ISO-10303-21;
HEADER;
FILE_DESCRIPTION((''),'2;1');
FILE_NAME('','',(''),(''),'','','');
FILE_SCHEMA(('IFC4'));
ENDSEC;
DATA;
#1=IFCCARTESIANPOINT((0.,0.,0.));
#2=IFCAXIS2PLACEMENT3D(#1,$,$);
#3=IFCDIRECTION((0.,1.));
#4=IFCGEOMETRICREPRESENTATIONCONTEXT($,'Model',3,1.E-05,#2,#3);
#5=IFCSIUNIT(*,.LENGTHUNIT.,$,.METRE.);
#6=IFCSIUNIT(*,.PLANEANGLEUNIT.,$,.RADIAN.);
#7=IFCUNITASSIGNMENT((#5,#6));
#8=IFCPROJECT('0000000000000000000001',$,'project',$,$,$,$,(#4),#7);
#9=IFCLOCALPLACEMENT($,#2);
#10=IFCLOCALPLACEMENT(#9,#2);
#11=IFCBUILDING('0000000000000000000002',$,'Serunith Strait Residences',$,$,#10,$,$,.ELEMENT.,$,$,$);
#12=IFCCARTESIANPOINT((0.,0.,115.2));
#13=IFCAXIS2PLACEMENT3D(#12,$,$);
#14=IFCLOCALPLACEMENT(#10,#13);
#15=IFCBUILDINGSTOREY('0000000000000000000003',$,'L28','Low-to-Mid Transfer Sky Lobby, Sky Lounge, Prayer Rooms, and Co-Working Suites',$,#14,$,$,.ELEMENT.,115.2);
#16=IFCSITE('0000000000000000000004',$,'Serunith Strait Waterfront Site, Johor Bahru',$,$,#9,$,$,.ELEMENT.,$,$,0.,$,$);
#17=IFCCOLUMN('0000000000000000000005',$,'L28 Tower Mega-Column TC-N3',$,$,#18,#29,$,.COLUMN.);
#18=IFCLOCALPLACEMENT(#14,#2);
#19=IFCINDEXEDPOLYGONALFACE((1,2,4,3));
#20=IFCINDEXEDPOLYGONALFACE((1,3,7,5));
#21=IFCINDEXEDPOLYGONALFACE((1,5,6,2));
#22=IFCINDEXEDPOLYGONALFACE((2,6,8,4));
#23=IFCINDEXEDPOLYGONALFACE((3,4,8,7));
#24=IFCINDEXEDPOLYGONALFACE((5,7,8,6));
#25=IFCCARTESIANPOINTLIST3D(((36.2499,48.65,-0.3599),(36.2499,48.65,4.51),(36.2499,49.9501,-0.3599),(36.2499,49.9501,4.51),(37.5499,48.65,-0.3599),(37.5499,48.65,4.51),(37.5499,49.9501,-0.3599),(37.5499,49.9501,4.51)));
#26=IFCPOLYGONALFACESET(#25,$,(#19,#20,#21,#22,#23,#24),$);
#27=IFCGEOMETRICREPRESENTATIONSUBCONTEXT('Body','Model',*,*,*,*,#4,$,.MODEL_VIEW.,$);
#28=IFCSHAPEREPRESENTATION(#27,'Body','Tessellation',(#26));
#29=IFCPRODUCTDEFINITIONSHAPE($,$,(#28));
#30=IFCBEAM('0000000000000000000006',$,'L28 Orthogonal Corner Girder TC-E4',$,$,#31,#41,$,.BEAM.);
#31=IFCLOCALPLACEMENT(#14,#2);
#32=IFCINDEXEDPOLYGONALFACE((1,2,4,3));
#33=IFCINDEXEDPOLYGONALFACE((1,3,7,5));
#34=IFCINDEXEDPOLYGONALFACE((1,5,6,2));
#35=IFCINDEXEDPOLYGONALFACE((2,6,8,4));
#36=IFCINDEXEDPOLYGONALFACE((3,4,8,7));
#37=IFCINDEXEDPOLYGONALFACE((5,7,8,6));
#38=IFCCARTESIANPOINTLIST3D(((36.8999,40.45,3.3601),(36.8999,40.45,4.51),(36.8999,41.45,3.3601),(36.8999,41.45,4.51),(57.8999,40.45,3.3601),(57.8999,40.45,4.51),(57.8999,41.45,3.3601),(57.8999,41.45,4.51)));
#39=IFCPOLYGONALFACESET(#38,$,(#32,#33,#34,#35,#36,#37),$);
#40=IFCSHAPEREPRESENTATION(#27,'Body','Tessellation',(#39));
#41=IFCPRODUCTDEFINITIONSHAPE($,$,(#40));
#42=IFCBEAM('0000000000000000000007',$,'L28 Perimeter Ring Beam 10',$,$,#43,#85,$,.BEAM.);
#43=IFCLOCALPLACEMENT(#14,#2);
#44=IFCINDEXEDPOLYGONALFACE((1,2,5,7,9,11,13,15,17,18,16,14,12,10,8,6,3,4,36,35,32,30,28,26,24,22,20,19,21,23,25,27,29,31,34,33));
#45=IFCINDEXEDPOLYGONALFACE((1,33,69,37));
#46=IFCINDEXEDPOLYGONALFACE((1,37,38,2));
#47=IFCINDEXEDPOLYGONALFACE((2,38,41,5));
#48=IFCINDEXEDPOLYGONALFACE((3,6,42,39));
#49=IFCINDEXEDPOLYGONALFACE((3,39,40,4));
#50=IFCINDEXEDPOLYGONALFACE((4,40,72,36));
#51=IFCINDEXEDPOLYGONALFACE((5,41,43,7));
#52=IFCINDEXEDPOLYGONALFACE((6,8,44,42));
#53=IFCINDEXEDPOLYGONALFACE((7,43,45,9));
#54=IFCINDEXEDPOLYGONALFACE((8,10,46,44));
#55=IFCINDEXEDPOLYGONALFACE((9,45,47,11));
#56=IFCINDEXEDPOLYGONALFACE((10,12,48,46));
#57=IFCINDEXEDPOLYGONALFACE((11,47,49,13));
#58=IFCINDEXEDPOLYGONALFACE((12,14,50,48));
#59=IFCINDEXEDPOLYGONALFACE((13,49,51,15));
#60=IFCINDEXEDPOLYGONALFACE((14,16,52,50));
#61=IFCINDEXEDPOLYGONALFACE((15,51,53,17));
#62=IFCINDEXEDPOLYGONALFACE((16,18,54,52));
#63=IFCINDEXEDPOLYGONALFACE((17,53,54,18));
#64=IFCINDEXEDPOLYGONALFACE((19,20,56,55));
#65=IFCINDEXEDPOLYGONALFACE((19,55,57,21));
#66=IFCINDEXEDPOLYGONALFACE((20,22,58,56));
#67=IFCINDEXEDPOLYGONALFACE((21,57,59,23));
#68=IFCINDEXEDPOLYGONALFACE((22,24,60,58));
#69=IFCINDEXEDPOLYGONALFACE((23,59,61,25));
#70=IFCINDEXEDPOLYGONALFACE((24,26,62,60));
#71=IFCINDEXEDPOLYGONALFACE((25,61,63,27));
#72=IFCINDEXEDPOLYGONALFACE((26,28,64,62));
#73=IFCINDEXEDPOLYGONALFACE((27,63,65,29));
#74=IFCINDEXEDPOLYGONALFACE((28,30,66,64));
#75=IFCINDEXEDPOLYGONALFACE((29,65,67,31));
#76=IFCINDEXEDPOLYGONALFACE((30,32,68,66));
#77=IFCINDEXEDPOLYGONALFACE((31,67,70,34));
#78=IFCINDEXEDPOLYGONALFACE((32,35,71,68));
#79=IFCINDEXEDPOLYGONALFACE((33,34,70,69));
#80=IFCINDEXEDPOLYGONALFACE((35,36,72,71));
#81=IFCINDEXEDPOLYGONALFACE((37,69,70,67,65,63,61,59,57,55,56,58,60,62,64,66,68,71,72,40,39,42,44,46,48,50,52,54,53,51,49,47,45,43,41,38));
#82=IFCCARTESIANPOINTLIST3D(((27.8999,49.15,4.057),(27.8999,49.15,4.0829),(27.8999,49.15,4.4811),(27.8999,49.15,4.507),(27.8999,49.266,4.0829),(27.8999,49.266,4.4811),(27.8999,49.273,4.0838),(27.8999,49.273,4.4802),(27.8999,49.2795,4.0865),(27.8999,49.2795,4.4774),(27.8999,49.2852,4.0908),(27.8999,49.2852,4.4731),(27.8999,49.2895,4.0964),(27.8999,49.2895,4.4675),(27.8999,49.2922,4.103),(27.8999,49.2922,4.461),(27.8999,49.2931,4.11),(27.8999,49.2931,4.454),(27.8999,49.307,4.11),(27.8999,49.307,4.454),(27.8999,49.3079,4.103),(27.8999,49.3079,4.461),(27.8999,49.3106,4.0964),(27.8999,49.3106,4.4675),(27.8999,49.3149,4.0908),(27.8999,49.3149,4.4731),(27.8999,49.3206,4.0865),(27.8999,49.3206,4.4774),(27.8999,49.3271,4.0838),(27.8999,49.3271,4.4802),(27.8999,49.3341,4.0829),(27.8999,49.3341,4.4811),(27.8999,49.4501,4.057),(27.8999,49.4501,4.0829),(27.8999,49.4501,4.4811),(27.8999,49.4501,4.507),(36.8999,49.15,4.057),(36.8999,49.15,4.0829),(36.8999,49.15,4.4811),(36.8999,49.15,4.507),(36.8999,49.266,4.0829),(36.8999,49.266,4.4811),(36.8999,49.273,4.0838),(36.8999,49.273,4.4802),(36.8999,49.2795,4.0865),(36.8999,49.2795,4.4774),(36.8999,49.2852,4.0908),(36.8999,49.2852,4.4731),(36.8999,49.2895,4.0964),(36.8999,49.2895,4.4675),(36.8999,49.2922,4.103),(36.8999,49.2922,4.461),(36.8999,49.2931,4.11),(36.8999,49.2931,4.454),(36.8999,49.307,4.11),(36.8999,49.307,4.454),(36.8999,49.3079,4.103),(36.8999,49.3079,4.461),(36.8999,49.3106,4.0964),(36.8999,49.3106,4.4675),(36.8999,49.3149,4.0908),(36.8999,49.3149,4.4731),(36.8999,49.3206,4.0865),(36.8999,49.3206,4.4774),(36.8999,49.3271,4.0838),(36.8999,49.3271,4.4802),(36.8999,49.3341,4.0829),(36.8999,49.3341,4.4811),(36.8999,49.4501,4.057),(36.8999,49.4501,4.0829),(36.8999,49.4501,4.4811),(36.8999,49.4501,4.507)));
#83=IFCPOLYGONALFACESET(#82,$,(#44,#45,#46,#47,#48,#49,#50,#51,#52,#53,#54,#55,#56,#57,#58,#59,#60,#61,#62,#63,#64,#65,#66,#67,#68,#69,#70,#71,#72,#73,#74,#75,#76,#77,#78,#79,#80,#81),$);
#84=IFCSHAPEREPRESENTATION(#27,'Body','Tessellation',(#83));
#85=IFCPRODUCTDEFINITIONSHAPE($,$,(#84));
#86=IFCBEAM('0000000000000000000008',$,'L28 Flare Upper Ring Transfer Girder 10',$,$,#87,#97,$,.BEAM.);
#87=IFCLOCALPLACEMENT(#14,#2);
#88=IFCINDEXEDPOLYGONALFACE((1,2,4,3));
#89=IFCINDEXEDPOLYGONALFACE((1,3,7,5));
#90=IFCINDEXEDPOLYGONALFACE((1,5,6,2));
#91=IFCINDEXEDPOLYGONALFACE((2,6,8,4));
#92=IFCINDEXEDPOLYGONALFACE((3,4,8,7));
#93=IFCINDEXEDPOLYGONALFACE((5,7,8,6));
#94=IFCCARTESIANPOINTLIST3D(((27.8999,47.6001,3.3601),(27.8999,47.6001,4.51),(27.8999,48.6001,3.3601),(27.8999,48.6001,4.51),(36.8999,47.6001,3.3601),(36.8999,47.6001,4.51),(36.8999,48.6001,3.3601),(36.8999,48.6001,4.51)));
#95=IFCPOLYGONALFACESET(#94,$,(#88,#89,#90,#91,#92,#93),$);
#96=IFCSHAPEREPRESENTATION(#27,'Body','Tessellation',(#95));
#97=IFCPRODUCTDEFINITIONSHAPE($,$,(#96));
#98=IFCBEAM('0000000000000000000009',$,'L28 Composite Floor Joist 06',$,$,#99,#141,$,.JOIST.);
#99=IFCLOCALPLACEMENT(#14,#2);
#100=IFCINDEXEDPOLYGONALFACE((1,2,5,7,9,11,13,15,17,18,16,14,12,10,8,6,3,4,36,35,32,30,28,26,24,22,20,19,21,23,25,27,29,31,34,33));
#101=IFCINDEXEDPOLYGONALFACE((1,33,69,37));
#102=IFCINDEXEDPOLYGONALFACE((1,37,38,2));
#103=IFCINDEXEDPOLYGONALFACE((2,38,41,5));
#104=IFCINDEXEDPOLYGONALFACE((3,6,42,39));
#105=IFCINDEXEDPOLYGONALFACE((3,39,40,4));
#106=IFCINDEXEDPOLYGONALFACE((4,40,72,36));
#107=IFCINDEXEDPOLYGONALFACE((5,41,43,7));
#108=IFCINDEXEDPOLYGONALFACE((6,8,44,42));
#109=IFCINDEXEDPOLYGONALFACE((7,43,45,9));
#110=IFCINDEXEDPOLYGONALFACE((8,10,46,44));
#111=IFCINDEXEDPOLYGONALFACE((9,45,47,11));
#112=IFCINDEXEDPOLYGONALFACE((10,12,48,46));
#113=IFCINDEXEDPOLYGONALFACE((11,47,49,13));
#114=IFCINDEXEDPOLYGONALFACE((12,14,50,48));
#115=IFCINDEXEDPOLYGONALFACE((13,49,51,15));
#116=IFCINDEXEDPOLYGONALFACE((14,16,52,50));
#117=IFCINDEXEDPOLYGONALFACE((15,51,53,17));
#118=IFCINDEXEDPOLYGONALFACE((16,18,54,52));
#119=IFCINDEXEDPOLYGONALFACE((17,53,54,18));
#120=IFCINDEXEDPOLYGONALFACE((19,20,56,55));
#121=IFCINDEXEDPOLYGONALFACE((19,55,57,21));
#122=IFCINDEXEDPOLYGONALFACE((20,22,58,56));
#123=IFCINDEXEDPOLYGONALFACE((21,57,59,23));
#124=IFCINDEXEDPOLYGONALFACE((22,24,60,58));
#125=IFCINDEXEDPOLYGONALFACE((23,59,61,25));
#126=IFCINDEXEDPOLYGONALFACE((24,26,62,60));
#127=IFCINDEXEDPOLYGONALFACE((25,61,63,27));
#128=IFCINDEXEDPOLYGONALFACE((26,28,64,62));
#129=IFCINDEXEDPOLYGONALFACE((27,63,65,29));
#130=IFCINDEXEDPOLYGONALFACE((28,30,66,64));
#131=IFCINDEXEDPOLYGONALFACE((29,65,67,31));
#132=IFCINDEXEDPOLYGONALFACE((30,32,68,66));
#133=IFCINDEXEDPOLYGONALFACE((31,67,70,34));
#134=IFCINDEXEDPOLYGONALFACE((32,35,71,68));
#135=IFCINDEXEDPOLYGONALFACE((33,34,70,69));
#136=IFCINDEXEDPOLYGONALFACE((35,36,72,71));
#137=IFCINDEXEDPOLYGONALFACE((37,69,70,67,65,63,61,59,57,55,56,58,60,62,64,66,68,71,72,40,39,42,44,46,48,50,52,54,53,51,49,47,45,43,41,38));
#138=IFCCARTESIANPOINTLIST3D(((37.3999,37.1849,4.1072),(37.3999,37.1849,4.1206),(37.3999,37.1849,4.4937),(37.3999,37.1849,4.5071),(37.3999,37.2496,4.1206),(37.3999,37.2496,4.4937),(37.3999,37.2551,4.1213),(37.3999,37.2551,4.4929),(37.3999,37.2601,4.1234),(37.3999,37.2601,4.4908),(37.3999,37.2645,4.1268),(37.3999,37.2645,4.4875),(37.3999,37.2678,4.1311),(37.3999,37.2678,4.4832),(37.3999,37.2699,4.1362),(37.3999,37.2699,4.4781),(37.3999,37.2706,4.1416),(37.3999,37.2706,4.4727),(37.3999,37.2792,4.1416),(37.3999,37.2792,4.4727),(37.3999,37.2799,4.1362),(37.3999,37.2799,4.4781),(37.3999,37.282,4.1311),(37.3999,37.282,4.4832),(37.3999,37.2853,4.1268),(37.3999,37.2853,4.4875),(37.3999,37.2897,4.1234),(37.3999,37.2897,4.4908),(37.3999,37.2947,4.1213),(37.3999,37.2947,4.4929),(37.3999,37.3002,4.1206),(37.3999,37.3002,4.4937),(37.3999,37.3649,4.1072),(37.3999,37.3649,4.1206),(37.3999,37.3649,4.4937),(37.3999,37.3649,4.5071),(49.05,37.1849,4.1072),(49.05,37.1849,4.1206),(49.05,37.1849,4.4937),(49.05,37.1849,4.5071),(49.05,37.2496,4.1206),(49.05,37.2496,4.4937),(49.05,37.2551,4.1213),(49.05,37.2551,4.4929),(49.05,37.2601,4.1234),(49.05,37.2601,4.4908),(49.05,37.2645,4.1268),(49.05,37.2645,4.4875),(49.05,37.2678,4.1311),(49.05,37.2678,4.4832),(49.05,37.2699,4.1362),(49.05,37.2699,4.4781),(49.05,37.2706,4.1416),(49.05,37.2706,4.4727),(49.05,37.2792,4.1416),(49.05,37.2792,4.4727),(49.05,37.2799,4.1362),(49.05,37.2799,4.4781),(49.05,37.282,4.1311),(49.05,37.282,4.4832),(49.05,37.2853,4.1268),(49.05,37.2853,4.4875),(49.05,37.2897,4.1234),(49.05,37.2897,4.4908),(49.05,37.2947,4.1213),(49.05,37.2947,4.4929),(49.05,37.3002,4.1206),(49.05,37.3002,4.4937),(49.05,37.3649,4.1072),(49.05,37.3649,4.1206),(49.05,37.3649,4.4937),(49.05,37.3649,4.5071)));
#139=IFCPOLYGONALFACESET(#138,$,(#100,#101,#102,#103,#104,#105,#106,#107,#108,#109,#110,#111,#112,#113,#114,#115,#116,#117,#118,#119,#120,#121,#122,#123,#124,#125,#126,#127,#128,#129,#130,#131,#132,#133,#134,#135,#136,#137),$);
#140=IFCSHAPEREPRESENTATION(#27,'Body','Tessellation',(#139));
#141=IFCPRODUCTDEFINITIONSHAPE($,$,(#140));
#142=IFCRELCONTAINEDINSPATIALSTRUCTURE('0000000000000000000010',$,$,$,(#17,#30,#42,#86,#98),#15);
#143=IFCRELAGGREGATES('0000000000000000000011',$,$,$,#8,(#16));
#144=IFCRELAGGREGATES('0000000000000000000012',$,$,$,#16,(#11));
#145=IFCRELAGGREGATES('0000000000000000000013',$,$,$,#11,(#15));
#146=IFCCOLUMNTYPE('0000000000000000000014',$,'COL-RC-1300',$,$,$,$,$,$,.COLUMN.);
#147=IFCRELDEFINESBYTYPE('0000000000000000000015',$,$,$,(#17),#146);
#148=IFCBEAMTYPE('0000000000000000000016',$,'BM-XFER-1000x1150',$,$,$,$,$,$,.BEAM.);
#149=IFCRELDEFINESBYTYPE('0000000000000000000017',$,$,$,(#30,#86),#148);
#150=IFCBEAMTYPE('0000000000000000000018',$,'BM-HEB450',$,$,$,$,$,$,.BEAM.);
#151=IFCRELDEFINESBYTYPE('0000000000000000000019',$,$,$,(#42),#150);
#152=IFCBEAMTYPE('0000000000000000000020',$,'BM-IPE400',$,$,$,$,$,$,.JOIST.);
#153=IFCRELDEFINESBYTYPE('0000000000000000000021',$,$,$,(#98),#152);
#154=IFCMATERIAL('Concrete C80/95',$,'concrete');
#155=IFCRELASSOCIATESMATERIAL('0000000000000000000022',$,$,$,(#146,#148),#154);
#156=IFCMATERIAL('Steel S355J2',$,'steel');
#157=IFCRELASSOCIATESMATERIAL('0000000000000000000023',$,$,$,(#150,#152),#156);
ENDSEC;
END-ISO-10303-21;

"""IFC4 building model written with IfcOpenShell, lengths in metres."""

from ifc_helpers import new_model, si_unit, direction, frame, origin, origin_2d, place, context, subcontext, project, spatial, rectangle, i_section, extrude, source, transform, mapped, material, material_profile, profile_set, type_object, element, save


model = new_model("IFC4")

# Units and contexts
model_context = context("Model", 3, precision=1e-05, world=origin(), true_north=direction((0.0, 1.0)))
body_context = subcontext(model_context, "Body", "Model", "MODEL_VIEW")
ifc_project = project(units=[si_unit("LENGTHUNIT", "METRE"), si_unit("PLANEANGLEUNIT", "RADIAN")], contexts=[model_context])

# Site, building, storey
site_placement = place(None, origin())
site = spatial("IfcSite", under=ifc_project, at=site_placement, Name="Serunith Strait Waterfront Site, Johor Bahru", CompositionType="ELEMENT", RefElevation=0.0)
building_placement = place(site_placement, origin())
building = spatial("IfcBuilding", under=site, at=building_placement, Name="Serunith Strait Residences", CompositionType="ELEMENT")
storey_placement = place(building_placement, frame((0.0, 0.0, 115.2)))
storey = spatial("IfcBuildingStorey", under=building, at=storey_placement, Name="L28", Description="Low-to-Mid Transfer Sky Lobby, Sky Lounge, Prayer Rooms, and Co-Working Suites", CompositionType="ELEMENT", Elevation=115.2)

# Column
ifc_material_1 = material(Name="Concrete C80/95", Category="concrete")
ifc_material_profile_1 = material_profile(ifc_material_1, rectangle(XDim=1.3, YDim=1.3, at=origin_2d()), Name="RC 1300x1300")
ifc_profile_set_1 = profile_set([ifc_material_profile_1], Name="Concrete C80/95")
column_type = type_object("IfcColumnType", Name="COL-RC-1300", PredefinedType="COLUMN", material=ifc_profile_set_1)
shared_shape_1 = source(origin(), body_context, "Body", "SweptSolid", [
    extrude(rectangle(XDim=1.3, YDim=1.3, at=origin_2d()), origin(), (0.0, 0.0, 1.0), 4.8699),
])
column_placement = place(storey_placement, frame((36.8999, 49.3, -0.3599), z_axis=(0.0, 0.0, 1.0), x_axis=(1.0, 0.0, 0.0)))
element("IfcColumn", 1, at=column_placement, inside=storey, type_object=column_type, Name="L28 Tower Mega-Column TC-N3", PredefinedType="COLUMN", context=body_context, shape_type="MappedRepresentation", body=[
    mapped(shared_shape_1, transform((0.0, 0.0, 0.0), scale=1.0)),
])

# Beams
ifc_material_profile_2 = material_profile(ifc_material_1, rectangle(XDim=1.0, YDim=1.1499, at=origin_2d()), Name="RC 1000x1150")
ifc_profile_set_2 = profile_set([ifc_material_profile_2], Name="Concrete C80/95")
beam_type_1 = type_object("IfcBeamType", Name="BM-XFER-1000x1150", PredefinedType="BEAM", material=ifc_profile_set_2)
shared_shape_2 = source(origin(), body_context, "Body", "SweptSolid", [
    extrude(rectangle(XDim=1.0, YDim=1.1499, at=origin_2d()), origin(), (0.0, 0.0, 1.0), 21.0),
])
beam_1_placement = place(storey_placement, frame((36.8999, 40.95, 3.9351), z_axis=(1.0, 0.0, 0.0), x_axis=(0.0, 1.0, 0.0)))
element("IfcBeam", 2, at=beam_1_placement, inside=storey, type_object=beam_type_1, Name="L28 Orthogonal Corner Girder TC-E4", PredefinedType="BEAM", context=body_context, shape_type="MappedRepresentation", body=[
    mapped(shared_shape_2, transform((0.0, 0.0, 0.0), scale=1.0)),
])
ifc_material_2 = material(Name="Steel S355J2", Category="steel")
ifc_material_profile_3 = material_profile(ifc_material_2, i_section(OverallWidth=0.3, OverallDepth=0.45, WebThickness=0.0139, FlangeThickness=0.0259, FilletRadius=0.0271, at=origin_2d()), Name="HEB 450")
ifc_profile_set_3 = profile_set([ifc_material_profile_3], Name="Steel S355J2")
beam_type_2 = type_object("IfcBeamType", Name="BM-HEB450", PredefinedType="BEAM", material=ifc_profile_set_3)
shared_shape_3 = source(origin(), body_context, "Body", "SweptSolid", [
    extrude(i_section(OverallWidth=0.3, OverallDepth=0.45, WebThickness=0.0139, FlangeThickness=0.0259, FilletRadius=0.0271, at=origin_2d()), origin(), (0.0, 0.0, 1.0), 9.0),
])
beam_2_placement = place(storey_placement, frame((36.8999, 49.3, 4.282), z_axis=(-1.0, 0.0, 0.0), x_axis=(0.0, -1.0, 0.0)))
element("IfcBeam", 3, at=beam_2_placement, inside=storey, type_object=beam_type_2, Name="L28 Perimeter Ring Beam 10", PredefinedType="BEAM", context=body_context, shape_type="MappedRepresentation", body=[
    mapped(shared_shape_3, transform((0.0, 0.0, 0.0), scale=1.0)),
])
shared_shape_4 = source(origin(), body_context, "Body", "SweptSolid", [
    extrude(rectangle(XDim=1.0, YDim=1.1499, at=origin_2d()), origin(), (0.0, 0.0, 1.0), 9.0),
])
beam_3_placement = place(storey_placement, frame((36.8999, 48.1001, 3.9351), z_axis=(-1.0, 0.0, 0.0), x_axis=(0.0, -1.0, 0.0)))
element("IfcBeam", 4, at=beam_3_placement, inside=storey, type_object=beam_type_1, Name="L28 Flare Upper Ring Transfer Girder 10", PredefinedType="BEAM", context=body_context, shape_type="MappedRepresentation", body=[
    mapped(shared_shape_4, transform((0.0, 0.0, 0.0), scale=1.0)),
])
ifc_material_profile_4 = material_profile(ifc_material_2, i_section(OverallWidth=0.1799, OverallDepth=0.3999, WebThickness=0.0085, FlangeThickness=0.0134, FilletRadius=0.021, at=origin_2d()), Name="IPE 400")
ifc_profile_set_4 = profile_set([ifc_material_profile_4], Name="Steel S355J2")
beam_type_3 = type_object("IfcBeamType", Name="BM-IPE400", PredefinedType="JOIST", material=ifc_profile_set_4)
shared_shape_5 = source(origin(), body_context, "Body", "SweptSolid", [
    extrude(i_section(OverallWidth=0.1799, OverallDepth=0.3999, WebThickness=0.0085, FlangeThickness=0.0134, FilletRadius=0.021, at=origin_2d()), origin(), (0.0, 0.0, 1.0), 11.6501),
])
beam_4_placement = place(storey_placement, frame((37.3999, 37.2749, 4.3071), z_axis=(1.0, 0.0, 0.0), x_axis=(0.0, 1.0, 0.0)))
element("IfcBeam", 5, at=beam_4_placement, inside=storey, type_object=beam_type_3, Name="L28 Composite Floor Joist 06", PredefinedType="JOIST", context=body_context, shape_type="MappedRepresentation", body=[
    mapped(shared_shape_5, transform((0.0, 0.0, 0.0), scale=1.0)),
])

save(model, "model.ifc")
